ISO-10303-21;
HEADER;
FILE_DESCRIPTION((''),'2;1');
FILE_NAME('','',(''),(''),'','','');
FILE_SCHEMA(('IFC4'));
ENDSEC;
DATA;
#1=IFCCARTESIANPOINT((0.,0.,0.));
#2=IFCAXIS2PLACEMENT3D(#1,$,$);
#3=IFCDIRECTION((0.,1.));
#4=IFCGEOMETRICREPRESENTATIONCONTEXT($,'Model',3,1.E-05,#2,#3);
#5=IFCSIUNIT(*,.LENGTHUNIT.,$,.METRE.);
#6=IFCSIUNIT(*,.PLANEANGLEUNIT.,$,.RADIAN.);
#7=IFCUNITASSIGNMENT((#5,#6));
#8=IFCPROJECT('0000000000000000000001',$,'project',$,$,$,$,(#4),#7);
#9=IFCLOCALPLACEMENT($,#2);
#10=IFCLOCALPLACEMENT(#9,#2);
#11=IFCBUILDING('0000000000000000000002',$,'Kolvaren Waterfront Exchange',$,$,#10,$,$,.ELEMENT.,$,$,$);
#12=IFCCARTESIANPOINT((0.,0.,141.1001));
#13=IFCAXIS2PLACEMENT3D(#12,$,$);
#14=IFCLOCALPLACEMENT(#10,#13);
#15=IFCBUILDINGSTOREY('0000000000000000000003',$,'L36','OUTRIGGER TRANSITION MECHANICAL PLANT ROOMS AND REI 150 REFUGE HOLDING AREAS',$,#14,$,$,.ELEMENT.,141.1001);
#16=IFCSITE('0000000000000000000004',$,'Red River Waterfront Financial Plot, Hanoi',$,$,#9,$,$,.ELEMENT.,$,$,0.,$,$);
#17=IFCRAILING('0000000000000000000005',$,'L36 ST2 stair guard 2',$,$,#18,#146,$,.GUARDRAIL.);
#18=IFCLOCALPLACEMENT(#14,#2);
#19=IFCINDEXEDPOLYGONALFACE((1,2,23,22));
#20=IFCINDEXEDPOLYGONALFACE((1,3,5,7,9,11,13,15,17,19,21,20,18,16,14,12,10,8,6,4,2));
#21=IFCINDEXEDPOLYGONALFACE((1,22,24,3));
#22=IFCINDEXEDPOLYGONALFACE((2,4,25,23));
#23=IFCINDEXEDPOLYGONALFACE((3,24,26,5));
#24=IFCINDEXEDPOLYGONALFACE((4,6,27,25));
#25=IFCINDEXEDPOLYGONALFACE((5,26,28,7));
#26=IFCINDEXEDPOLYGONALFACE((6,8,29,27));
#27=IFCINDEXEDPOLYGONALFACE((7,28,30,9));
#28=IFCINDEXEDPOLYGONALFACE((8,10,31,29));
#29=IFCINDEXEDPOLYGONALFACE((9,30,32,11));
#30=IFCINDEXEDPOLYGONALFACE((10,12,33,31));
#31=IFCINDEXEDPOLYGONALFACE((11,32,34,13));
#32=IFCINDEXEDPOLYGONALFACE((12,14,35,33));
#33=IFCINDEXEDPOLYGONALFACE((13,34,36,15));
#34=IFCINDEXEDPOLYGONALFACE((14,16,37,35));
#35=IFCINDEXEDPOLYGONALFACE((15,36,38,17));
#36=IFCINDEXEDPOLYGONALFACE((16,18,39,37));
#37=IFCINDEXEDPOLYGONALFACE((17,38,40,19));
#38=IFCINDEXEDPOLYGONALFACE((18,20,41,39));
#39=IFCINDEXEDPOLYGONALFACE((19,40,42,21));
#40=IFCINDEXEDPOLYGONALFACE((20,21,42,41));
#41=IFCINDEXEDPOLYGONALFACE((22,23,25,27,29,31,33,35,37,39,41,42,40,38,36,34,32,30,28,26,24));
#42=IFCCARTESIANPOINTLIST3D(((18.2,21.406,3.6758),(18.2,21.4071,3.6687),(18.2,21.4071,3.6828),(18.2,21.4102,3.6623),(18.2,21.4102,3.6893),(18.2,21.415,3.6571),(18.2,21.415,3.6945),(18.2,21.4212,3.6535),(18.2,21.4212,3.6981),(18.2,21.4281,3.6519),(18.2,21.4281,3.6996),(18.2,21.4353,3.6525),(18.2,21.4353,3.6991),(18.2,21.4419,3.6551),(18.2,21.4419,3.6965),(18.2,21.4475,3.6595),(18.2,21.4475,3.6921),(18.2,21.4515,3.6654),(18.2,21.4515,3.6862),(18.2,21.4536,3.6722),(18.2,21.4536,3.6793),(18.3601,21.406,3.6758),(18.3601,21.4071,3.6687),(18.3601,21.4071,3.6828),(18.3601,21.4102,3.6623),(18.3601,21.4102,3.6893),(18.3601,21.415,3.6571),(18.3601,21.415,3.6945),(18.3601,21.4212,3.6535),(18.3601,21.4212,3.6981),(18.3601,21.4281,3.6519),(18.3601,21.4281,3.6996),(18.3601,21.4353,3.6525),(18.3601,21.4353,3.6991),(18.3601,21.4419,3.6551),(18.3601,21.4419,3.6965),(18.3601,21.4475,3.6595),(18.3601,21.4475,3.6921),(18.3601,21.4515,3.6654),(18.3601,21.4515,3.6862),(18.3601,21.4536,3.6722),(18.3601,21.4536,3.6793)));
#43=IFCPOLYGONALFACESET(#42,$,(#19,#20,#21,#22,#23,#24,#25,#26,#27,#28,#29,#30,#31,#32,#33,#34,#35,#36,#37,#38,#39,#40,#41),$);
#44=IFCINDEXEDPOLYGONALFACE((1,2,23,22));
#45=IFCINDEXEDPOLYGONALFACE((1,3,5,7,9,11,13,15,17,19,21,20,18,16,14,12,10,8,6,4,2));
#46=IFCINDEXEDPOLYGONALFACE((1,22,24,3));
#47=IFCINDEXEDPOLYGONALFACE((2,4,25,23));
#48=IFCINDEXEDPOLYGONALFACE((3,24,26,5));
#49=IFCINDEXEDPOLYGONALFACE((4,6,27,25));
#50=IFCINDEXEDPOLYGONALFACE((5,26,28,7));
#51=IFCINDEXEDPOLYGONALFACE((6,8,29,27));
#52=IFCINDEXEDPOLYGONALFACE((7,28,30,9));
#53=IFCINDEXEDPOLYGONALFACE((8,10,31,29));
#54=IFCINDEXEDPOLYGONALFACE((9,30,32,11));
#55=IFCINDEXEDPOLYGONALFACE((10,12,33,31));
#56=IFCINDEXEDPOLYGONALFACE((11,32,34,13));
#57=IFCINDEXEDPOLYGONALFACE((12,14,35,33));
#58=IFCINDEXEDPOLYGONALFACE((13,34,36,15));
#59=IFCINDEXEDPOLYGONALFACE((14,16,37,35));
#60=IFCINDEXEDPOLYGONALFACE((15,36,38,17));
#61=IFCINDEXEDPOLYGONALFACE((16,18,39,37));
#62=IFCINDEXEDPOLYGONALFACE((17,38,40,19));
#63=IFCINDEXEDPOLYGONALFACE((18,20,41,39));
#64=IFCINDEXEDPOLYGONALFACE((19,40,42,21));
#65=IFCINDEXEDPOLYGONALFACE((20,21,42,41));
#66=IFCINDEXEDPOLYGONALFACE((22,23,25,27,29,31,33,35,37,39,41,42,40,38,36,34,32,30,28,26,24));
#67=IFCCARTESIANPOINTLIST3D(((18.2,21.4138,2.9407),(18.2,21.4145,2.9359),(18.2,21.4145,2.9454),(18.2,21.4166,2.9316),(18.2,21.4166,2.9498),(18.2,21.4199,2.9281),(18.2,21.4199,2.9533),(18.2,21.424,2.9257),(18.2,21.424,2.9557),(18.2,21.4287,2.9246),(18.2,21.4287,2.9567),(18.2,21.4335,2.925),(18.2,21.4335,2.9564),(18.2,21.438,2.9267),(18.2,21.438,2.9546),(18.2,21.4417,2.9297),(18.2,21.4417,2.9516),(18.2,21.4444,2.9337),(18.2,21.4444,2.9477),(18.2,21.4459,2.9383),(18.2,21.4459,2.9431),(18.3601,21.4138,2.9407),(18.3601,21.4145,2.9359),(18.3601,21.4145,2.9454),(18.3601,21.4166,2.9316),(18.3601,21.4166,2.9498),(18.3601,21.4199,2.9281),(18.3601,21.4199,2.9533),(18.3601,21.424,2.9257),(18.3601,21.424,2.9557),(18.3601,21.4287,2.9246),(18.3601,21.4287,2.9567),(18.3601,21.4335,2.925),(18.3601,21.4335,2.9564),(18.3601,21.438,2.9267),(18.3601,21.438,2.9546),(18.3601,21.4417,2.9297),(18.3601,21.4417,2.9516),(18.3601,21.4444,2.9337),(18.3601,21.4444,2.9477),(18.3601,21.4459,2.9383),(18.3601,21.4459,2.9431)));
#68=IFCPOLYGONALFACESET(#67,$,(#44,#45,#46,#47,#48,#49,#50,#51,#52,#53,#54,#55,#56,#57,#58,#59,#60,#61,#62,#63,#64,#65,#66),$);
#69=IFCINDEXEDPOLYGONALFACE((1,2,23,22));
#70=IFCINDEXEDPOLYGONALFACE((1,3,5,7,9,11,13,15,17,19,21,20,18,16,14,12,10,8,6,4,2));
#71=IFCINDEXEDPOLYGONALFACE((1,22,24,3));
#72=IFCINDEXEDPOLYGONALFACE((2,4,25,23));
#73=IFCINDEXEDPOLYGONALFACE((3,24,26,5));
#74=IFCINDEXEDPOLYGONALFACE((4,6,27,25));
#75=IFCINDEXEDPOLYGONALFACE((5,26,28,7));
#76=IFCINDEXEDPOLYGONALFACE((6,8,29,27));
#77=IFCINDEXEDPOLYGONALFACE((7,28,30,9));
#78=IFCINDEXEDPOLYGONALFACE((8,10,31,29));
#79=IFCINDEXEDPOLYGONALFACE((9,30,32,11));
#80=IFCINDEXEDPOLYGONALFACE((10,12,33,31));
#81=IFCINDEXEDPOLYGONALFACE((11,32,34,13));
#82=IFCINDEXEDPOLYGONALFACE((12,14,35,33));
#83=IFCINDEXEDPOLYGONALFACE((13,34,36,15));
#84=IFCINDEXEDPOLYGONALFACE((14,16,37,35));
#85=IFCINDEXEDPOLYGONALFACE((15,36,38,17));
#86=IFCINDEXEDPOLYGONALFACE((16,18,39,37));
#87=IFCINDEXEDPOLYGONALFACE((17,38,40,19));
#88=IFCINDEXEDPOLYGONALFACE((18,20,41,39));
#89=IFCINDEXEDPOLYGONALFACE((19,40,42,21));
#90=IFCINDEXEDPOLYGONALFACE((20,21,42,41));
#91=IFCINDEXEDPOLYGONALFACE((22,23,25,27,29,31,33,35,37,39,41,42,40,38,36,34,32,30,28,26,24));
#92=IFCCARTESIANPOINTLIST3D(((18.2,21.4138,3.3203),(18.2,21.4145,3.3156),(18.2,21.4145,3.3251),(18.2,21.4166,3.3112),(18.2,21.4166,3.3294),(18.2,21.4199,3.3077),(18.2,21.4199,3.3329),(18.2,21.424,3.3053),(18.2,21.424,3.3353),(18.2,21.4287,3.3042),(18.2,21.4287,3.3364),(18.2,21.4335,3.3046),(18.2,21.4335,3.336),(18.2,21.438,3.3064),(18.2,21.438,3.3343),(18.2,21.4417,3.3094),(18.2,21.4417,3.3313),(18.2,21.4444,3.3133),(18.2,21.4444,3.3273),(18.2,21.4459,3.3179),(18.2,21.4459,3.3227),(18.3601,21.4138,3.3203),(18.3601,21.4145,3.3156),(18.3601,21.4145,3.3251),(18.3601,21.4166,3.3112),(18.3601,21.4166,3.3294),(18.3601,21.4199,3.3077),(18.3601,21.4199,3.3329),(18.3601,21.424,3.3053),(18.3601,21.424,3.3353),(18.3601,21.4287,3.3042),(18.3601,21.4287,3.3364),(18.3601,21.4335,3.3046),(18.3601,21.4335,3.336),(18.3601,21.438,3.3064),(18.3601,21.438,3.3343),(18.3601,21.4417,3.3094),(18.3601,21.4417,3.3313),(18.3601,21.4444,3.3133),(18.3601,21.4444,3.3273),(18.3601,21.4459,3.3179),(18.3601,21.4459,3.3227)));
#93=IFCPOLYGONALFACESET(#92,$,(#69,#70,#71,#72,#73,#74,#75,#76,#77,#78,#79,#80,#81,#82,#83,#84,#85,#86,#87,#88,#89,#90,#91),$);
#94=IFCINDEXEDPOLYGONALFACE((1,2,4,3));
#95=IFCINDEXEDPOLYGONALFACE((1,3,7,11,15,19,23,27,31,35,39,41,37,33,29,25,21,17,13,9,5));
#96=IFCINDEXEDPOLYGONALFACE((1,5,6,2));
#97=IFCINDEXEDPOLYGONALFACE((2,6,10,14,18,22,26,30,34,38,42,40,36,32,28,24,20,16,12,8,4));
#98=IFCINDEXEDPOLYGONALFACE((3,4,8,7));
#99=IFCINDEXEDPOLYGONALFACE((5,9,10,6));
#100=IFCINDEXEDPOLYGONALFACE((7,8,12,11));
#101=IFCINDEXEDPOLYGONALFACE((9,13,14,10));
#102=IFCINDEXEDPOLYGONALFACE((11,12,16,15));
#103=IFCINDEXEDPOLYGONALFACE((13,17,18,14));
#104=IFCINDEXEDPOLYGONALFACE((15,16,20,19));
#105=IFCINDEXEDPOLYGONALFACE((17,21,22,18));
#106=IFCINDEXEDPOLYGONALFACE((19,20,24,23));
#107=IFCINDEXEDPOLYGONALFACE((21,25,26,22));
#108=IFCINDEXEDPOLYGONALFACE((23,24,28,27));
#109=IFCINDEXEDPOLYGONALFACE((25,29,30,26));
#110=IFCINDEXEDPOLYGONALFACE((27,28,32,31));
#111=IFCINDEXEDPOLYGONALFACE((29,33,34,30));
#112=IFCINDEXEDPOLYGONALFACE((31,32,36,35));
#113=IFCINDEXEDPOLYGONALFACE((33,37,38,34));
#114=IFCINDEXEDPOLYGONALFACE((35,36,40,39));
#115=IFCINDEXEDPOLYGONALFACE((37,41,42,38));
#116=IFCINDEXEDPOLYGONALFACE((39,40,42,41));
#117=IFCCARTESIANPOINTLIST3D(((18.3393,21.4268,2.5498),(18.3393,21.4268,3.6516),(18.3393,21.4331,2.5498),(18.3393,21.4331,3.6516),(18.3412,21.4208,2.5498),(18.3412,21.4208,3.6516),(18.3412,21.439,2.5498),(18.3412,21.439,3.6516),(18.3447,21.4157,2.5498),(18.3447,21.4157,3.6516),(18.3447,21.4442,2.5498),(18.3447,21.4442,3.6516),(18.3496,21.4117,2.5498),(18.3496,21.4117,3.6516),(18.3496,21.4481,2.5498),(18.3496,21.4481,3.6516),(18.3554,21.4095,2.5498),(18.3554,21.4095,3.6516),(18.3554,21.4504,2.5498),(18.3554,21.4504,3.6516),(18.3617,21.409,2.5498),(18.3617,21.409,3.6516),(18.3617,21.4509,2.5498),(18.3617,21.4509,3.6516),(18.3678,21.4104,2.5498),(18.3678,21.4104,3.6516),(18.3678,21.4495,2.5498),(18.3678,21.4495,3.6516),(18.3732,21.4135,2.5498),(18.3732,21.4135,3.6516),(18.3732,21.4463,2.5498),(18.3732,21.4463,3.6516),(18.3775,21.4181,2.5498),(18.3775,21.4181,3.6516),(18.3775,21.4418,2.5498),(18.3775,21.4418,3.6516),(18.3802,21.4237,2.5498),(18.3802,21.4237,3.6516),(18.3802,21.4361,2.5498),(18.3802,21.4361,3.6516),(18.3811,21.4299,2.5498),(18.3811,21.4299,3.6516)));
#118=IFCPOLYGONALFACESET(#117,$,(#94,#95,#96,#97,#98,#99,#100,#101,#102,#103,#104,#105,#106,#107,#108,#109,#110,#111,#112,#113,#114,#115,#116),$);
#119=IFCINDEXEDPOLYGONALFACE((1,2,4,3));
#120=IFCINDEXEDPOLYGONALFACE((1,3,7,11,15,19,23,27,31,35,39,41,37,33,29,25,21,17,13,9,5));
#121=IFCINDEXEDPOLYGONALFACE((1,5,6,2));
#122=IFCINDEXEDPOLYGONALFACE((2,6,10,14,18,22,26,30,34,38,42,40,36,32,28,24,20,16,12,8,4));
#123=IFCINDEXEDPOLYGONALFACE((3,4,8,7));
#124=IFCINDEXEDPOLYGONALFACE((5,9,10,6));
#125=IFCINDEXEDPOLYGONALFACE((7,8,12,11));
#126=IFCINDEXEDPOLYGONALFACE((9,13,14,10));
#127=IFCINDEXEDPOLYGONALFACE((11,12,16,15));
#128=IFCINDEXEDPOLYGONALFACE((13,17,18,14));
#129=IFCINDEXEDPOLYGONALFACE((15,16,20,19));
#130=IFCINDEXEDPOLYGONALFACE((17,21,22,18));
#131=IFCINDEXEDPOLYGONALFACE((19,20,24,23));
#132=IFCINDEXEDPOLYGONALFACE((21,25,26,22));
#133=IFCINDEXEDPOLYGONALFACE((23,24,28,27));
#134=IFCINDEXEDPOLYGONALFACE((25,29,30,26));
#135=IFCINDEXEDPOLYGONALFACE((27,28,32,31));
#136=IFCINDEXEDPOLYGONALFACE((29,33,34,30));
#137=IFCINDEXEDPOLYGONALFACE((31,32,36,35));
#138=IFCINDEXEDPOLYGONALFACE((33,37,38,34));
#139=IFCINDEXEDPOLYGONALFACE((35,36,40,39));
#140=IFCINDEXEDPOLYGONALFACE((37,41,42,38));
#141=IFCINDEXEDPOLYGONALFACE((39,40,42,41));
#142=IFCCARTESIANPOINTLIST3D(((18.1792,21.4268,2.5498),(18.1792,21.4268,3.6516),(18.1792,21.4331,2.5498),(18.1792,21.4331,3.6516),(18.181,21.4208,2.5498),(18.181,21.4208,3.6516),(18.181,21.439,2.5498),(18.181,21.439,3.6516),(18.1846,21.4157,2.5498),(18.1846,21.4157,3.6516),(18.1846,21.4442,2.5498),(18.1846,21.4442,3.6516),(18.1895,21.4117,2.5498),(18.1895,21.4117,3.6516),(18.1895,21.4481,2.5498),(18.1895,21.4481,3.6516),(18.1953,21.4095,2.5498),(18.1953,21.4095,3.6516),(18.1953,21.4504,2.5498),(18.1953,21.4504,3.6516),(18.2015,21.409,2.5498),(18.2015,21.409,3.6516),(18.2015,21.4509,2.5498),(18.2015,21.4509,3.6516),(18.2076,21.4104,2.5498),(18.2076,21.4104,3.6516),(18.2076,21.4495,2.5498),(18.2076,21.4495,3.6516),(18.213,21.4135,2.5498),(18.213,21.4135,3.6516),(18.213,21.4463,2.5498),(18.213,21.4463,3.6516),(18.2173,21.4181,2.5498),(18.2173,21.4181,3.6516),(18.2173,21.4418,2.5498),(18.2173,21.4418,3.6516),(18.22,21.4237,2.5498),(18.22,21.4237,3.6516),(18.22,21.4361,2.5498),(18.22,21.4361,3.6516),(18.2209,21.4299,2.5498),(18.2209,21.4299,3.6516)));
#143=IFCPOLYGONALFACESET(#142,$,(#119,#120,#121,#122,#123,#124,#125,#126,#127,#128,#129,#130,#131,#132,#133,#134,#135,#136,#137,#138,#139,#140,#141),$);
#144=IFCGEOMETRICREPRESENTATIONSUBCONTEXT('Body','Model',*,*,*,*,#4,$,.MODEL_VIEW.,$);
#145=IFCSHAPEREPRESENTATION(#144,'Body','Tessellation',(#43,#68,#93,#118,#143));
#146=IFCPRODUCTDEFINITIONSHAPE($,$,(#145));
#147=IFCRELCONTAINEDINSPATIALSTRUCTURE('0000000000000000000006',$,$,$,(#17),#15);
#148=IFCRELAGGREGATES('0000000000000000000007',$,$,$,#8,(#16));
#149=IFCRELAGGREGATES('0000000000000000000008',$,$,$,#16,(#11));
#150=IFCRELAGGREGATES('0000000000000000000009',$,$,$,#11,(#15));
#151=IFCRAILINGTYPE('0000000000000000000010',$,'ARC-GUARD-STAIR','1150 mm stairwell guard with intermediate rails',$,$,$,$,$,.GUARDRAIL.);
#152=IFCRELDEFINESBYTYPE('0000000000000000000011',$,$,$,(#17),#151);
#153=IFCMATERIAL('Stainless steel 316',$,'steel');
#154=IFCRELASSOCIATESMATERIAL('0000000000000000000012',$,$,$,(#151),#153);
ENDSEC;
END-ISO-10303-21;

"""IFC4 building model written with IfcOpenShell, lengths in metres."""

from ifc_helpers import new_model, si_unit, direction, frame, origin, origin_2d, place, context, subcontext, project, spatial, circle, extrude, material, type_object, element, save


model = new_model("IFC4")

# Units and contexts
model_context = context("Model", 3, precision=1e-05, world=origin(), true_north=direction((0.0, 1.0)))
body_context = subcontext(model_context, "Body", "Model", "MODEL_VIEW")
ifc_project = project(units=[si_unit("LENGTHUNIT", "METRE"), si_unit("PLANEANGLEUNIT", "RADIAN")], contexts=[model_context])

# Site, building, storey
site_placement = place(None, origin())
site = spatial("IfcSite", under=ifc_project, at=site_placement, Name="Red River Waterfront Financial Plot, Hanoi", CompositionType="ELEMENT", RefElevation=0.0)
building_placement = place(site_placement, origin())
building = spatial("IfcBuilding", under=site, at=building_placement, Name="Kolvaren Waterfront Exchange", CompositionType="ELEMENT")
storey_placement = place(building_placement, frame((0.0, 0.0, 141.1001)))
storey = spatial("IfcBuildingStorey", under=building, at=storey_placement, Name="L36", Description="OUTRIGGER TRANSITION MECHANICAL PLANT ROOMS AND REI 150 REFUGE HOLDING AREAS", CompositionType="ELEMENT", Elevation=141.1001)

# Railing
ifc_material_1 = material(Name="Stainless steel 316", Category="steel")
railing_type_1 = type_object("IfcRailingType", Name="ARC-GUARD-STAIR", Description="1150 mm stairwell guard with intermediate rails", PredefinedType="GUARDRAIL", material=ifc_material_1)
railing_1_placement = place(storey_placement, frame((18.3601, 21.4299, 2.5498)))
element("IfcRailing", 1, at=railing_1_placement, inside=storey, type_object=railing_type_1, Name="L36 ST2 stair guard 2", PredefinedType="GUARDRAIL", context=body_context, shape_type="SweptSolid", body=[
    extrude(circle(Radius=0.0239, at=origin_2d()), frame((0.0, 0.0, 1.126), z_axis=(-1.0, 0.0, 0.0), x_axis=(0.0, -1.0, 0.0)), (0.0, 0.0, 1.0), 0.1602),
    extrude(circle(Radius=0.0161, at=origin_2d()), frame((0.0, 0.0, 0.3909), z_axis=(-1.0, 0.0, 0.0), x_axis=(0.0, -1.0, 0.0)), (0.0, 0.0, 1.0), 0.1602),
    extrude(circle(Radius=0.0161, at=origin_2d()), frame((0.0, 0.0, 0.7705), z_axis=(-1.0, 0.0, 0.0), x_axis=(0.0, -1.0, 0.0)), (0.0, 0.0, 1.0), 0.1602),
    extrude(circle(Radius=0.021, at=origin_2d()), origin(), (0.0, 0.0, 1.0), 1.1018),
    extrude(circle(Radius=0.021, at=origin_2d()), frame((-0.1602, 0.0, 0.0)), (0.0, 0.0, 1.0), 1.1018),
])

save(model, "model.ifc")
